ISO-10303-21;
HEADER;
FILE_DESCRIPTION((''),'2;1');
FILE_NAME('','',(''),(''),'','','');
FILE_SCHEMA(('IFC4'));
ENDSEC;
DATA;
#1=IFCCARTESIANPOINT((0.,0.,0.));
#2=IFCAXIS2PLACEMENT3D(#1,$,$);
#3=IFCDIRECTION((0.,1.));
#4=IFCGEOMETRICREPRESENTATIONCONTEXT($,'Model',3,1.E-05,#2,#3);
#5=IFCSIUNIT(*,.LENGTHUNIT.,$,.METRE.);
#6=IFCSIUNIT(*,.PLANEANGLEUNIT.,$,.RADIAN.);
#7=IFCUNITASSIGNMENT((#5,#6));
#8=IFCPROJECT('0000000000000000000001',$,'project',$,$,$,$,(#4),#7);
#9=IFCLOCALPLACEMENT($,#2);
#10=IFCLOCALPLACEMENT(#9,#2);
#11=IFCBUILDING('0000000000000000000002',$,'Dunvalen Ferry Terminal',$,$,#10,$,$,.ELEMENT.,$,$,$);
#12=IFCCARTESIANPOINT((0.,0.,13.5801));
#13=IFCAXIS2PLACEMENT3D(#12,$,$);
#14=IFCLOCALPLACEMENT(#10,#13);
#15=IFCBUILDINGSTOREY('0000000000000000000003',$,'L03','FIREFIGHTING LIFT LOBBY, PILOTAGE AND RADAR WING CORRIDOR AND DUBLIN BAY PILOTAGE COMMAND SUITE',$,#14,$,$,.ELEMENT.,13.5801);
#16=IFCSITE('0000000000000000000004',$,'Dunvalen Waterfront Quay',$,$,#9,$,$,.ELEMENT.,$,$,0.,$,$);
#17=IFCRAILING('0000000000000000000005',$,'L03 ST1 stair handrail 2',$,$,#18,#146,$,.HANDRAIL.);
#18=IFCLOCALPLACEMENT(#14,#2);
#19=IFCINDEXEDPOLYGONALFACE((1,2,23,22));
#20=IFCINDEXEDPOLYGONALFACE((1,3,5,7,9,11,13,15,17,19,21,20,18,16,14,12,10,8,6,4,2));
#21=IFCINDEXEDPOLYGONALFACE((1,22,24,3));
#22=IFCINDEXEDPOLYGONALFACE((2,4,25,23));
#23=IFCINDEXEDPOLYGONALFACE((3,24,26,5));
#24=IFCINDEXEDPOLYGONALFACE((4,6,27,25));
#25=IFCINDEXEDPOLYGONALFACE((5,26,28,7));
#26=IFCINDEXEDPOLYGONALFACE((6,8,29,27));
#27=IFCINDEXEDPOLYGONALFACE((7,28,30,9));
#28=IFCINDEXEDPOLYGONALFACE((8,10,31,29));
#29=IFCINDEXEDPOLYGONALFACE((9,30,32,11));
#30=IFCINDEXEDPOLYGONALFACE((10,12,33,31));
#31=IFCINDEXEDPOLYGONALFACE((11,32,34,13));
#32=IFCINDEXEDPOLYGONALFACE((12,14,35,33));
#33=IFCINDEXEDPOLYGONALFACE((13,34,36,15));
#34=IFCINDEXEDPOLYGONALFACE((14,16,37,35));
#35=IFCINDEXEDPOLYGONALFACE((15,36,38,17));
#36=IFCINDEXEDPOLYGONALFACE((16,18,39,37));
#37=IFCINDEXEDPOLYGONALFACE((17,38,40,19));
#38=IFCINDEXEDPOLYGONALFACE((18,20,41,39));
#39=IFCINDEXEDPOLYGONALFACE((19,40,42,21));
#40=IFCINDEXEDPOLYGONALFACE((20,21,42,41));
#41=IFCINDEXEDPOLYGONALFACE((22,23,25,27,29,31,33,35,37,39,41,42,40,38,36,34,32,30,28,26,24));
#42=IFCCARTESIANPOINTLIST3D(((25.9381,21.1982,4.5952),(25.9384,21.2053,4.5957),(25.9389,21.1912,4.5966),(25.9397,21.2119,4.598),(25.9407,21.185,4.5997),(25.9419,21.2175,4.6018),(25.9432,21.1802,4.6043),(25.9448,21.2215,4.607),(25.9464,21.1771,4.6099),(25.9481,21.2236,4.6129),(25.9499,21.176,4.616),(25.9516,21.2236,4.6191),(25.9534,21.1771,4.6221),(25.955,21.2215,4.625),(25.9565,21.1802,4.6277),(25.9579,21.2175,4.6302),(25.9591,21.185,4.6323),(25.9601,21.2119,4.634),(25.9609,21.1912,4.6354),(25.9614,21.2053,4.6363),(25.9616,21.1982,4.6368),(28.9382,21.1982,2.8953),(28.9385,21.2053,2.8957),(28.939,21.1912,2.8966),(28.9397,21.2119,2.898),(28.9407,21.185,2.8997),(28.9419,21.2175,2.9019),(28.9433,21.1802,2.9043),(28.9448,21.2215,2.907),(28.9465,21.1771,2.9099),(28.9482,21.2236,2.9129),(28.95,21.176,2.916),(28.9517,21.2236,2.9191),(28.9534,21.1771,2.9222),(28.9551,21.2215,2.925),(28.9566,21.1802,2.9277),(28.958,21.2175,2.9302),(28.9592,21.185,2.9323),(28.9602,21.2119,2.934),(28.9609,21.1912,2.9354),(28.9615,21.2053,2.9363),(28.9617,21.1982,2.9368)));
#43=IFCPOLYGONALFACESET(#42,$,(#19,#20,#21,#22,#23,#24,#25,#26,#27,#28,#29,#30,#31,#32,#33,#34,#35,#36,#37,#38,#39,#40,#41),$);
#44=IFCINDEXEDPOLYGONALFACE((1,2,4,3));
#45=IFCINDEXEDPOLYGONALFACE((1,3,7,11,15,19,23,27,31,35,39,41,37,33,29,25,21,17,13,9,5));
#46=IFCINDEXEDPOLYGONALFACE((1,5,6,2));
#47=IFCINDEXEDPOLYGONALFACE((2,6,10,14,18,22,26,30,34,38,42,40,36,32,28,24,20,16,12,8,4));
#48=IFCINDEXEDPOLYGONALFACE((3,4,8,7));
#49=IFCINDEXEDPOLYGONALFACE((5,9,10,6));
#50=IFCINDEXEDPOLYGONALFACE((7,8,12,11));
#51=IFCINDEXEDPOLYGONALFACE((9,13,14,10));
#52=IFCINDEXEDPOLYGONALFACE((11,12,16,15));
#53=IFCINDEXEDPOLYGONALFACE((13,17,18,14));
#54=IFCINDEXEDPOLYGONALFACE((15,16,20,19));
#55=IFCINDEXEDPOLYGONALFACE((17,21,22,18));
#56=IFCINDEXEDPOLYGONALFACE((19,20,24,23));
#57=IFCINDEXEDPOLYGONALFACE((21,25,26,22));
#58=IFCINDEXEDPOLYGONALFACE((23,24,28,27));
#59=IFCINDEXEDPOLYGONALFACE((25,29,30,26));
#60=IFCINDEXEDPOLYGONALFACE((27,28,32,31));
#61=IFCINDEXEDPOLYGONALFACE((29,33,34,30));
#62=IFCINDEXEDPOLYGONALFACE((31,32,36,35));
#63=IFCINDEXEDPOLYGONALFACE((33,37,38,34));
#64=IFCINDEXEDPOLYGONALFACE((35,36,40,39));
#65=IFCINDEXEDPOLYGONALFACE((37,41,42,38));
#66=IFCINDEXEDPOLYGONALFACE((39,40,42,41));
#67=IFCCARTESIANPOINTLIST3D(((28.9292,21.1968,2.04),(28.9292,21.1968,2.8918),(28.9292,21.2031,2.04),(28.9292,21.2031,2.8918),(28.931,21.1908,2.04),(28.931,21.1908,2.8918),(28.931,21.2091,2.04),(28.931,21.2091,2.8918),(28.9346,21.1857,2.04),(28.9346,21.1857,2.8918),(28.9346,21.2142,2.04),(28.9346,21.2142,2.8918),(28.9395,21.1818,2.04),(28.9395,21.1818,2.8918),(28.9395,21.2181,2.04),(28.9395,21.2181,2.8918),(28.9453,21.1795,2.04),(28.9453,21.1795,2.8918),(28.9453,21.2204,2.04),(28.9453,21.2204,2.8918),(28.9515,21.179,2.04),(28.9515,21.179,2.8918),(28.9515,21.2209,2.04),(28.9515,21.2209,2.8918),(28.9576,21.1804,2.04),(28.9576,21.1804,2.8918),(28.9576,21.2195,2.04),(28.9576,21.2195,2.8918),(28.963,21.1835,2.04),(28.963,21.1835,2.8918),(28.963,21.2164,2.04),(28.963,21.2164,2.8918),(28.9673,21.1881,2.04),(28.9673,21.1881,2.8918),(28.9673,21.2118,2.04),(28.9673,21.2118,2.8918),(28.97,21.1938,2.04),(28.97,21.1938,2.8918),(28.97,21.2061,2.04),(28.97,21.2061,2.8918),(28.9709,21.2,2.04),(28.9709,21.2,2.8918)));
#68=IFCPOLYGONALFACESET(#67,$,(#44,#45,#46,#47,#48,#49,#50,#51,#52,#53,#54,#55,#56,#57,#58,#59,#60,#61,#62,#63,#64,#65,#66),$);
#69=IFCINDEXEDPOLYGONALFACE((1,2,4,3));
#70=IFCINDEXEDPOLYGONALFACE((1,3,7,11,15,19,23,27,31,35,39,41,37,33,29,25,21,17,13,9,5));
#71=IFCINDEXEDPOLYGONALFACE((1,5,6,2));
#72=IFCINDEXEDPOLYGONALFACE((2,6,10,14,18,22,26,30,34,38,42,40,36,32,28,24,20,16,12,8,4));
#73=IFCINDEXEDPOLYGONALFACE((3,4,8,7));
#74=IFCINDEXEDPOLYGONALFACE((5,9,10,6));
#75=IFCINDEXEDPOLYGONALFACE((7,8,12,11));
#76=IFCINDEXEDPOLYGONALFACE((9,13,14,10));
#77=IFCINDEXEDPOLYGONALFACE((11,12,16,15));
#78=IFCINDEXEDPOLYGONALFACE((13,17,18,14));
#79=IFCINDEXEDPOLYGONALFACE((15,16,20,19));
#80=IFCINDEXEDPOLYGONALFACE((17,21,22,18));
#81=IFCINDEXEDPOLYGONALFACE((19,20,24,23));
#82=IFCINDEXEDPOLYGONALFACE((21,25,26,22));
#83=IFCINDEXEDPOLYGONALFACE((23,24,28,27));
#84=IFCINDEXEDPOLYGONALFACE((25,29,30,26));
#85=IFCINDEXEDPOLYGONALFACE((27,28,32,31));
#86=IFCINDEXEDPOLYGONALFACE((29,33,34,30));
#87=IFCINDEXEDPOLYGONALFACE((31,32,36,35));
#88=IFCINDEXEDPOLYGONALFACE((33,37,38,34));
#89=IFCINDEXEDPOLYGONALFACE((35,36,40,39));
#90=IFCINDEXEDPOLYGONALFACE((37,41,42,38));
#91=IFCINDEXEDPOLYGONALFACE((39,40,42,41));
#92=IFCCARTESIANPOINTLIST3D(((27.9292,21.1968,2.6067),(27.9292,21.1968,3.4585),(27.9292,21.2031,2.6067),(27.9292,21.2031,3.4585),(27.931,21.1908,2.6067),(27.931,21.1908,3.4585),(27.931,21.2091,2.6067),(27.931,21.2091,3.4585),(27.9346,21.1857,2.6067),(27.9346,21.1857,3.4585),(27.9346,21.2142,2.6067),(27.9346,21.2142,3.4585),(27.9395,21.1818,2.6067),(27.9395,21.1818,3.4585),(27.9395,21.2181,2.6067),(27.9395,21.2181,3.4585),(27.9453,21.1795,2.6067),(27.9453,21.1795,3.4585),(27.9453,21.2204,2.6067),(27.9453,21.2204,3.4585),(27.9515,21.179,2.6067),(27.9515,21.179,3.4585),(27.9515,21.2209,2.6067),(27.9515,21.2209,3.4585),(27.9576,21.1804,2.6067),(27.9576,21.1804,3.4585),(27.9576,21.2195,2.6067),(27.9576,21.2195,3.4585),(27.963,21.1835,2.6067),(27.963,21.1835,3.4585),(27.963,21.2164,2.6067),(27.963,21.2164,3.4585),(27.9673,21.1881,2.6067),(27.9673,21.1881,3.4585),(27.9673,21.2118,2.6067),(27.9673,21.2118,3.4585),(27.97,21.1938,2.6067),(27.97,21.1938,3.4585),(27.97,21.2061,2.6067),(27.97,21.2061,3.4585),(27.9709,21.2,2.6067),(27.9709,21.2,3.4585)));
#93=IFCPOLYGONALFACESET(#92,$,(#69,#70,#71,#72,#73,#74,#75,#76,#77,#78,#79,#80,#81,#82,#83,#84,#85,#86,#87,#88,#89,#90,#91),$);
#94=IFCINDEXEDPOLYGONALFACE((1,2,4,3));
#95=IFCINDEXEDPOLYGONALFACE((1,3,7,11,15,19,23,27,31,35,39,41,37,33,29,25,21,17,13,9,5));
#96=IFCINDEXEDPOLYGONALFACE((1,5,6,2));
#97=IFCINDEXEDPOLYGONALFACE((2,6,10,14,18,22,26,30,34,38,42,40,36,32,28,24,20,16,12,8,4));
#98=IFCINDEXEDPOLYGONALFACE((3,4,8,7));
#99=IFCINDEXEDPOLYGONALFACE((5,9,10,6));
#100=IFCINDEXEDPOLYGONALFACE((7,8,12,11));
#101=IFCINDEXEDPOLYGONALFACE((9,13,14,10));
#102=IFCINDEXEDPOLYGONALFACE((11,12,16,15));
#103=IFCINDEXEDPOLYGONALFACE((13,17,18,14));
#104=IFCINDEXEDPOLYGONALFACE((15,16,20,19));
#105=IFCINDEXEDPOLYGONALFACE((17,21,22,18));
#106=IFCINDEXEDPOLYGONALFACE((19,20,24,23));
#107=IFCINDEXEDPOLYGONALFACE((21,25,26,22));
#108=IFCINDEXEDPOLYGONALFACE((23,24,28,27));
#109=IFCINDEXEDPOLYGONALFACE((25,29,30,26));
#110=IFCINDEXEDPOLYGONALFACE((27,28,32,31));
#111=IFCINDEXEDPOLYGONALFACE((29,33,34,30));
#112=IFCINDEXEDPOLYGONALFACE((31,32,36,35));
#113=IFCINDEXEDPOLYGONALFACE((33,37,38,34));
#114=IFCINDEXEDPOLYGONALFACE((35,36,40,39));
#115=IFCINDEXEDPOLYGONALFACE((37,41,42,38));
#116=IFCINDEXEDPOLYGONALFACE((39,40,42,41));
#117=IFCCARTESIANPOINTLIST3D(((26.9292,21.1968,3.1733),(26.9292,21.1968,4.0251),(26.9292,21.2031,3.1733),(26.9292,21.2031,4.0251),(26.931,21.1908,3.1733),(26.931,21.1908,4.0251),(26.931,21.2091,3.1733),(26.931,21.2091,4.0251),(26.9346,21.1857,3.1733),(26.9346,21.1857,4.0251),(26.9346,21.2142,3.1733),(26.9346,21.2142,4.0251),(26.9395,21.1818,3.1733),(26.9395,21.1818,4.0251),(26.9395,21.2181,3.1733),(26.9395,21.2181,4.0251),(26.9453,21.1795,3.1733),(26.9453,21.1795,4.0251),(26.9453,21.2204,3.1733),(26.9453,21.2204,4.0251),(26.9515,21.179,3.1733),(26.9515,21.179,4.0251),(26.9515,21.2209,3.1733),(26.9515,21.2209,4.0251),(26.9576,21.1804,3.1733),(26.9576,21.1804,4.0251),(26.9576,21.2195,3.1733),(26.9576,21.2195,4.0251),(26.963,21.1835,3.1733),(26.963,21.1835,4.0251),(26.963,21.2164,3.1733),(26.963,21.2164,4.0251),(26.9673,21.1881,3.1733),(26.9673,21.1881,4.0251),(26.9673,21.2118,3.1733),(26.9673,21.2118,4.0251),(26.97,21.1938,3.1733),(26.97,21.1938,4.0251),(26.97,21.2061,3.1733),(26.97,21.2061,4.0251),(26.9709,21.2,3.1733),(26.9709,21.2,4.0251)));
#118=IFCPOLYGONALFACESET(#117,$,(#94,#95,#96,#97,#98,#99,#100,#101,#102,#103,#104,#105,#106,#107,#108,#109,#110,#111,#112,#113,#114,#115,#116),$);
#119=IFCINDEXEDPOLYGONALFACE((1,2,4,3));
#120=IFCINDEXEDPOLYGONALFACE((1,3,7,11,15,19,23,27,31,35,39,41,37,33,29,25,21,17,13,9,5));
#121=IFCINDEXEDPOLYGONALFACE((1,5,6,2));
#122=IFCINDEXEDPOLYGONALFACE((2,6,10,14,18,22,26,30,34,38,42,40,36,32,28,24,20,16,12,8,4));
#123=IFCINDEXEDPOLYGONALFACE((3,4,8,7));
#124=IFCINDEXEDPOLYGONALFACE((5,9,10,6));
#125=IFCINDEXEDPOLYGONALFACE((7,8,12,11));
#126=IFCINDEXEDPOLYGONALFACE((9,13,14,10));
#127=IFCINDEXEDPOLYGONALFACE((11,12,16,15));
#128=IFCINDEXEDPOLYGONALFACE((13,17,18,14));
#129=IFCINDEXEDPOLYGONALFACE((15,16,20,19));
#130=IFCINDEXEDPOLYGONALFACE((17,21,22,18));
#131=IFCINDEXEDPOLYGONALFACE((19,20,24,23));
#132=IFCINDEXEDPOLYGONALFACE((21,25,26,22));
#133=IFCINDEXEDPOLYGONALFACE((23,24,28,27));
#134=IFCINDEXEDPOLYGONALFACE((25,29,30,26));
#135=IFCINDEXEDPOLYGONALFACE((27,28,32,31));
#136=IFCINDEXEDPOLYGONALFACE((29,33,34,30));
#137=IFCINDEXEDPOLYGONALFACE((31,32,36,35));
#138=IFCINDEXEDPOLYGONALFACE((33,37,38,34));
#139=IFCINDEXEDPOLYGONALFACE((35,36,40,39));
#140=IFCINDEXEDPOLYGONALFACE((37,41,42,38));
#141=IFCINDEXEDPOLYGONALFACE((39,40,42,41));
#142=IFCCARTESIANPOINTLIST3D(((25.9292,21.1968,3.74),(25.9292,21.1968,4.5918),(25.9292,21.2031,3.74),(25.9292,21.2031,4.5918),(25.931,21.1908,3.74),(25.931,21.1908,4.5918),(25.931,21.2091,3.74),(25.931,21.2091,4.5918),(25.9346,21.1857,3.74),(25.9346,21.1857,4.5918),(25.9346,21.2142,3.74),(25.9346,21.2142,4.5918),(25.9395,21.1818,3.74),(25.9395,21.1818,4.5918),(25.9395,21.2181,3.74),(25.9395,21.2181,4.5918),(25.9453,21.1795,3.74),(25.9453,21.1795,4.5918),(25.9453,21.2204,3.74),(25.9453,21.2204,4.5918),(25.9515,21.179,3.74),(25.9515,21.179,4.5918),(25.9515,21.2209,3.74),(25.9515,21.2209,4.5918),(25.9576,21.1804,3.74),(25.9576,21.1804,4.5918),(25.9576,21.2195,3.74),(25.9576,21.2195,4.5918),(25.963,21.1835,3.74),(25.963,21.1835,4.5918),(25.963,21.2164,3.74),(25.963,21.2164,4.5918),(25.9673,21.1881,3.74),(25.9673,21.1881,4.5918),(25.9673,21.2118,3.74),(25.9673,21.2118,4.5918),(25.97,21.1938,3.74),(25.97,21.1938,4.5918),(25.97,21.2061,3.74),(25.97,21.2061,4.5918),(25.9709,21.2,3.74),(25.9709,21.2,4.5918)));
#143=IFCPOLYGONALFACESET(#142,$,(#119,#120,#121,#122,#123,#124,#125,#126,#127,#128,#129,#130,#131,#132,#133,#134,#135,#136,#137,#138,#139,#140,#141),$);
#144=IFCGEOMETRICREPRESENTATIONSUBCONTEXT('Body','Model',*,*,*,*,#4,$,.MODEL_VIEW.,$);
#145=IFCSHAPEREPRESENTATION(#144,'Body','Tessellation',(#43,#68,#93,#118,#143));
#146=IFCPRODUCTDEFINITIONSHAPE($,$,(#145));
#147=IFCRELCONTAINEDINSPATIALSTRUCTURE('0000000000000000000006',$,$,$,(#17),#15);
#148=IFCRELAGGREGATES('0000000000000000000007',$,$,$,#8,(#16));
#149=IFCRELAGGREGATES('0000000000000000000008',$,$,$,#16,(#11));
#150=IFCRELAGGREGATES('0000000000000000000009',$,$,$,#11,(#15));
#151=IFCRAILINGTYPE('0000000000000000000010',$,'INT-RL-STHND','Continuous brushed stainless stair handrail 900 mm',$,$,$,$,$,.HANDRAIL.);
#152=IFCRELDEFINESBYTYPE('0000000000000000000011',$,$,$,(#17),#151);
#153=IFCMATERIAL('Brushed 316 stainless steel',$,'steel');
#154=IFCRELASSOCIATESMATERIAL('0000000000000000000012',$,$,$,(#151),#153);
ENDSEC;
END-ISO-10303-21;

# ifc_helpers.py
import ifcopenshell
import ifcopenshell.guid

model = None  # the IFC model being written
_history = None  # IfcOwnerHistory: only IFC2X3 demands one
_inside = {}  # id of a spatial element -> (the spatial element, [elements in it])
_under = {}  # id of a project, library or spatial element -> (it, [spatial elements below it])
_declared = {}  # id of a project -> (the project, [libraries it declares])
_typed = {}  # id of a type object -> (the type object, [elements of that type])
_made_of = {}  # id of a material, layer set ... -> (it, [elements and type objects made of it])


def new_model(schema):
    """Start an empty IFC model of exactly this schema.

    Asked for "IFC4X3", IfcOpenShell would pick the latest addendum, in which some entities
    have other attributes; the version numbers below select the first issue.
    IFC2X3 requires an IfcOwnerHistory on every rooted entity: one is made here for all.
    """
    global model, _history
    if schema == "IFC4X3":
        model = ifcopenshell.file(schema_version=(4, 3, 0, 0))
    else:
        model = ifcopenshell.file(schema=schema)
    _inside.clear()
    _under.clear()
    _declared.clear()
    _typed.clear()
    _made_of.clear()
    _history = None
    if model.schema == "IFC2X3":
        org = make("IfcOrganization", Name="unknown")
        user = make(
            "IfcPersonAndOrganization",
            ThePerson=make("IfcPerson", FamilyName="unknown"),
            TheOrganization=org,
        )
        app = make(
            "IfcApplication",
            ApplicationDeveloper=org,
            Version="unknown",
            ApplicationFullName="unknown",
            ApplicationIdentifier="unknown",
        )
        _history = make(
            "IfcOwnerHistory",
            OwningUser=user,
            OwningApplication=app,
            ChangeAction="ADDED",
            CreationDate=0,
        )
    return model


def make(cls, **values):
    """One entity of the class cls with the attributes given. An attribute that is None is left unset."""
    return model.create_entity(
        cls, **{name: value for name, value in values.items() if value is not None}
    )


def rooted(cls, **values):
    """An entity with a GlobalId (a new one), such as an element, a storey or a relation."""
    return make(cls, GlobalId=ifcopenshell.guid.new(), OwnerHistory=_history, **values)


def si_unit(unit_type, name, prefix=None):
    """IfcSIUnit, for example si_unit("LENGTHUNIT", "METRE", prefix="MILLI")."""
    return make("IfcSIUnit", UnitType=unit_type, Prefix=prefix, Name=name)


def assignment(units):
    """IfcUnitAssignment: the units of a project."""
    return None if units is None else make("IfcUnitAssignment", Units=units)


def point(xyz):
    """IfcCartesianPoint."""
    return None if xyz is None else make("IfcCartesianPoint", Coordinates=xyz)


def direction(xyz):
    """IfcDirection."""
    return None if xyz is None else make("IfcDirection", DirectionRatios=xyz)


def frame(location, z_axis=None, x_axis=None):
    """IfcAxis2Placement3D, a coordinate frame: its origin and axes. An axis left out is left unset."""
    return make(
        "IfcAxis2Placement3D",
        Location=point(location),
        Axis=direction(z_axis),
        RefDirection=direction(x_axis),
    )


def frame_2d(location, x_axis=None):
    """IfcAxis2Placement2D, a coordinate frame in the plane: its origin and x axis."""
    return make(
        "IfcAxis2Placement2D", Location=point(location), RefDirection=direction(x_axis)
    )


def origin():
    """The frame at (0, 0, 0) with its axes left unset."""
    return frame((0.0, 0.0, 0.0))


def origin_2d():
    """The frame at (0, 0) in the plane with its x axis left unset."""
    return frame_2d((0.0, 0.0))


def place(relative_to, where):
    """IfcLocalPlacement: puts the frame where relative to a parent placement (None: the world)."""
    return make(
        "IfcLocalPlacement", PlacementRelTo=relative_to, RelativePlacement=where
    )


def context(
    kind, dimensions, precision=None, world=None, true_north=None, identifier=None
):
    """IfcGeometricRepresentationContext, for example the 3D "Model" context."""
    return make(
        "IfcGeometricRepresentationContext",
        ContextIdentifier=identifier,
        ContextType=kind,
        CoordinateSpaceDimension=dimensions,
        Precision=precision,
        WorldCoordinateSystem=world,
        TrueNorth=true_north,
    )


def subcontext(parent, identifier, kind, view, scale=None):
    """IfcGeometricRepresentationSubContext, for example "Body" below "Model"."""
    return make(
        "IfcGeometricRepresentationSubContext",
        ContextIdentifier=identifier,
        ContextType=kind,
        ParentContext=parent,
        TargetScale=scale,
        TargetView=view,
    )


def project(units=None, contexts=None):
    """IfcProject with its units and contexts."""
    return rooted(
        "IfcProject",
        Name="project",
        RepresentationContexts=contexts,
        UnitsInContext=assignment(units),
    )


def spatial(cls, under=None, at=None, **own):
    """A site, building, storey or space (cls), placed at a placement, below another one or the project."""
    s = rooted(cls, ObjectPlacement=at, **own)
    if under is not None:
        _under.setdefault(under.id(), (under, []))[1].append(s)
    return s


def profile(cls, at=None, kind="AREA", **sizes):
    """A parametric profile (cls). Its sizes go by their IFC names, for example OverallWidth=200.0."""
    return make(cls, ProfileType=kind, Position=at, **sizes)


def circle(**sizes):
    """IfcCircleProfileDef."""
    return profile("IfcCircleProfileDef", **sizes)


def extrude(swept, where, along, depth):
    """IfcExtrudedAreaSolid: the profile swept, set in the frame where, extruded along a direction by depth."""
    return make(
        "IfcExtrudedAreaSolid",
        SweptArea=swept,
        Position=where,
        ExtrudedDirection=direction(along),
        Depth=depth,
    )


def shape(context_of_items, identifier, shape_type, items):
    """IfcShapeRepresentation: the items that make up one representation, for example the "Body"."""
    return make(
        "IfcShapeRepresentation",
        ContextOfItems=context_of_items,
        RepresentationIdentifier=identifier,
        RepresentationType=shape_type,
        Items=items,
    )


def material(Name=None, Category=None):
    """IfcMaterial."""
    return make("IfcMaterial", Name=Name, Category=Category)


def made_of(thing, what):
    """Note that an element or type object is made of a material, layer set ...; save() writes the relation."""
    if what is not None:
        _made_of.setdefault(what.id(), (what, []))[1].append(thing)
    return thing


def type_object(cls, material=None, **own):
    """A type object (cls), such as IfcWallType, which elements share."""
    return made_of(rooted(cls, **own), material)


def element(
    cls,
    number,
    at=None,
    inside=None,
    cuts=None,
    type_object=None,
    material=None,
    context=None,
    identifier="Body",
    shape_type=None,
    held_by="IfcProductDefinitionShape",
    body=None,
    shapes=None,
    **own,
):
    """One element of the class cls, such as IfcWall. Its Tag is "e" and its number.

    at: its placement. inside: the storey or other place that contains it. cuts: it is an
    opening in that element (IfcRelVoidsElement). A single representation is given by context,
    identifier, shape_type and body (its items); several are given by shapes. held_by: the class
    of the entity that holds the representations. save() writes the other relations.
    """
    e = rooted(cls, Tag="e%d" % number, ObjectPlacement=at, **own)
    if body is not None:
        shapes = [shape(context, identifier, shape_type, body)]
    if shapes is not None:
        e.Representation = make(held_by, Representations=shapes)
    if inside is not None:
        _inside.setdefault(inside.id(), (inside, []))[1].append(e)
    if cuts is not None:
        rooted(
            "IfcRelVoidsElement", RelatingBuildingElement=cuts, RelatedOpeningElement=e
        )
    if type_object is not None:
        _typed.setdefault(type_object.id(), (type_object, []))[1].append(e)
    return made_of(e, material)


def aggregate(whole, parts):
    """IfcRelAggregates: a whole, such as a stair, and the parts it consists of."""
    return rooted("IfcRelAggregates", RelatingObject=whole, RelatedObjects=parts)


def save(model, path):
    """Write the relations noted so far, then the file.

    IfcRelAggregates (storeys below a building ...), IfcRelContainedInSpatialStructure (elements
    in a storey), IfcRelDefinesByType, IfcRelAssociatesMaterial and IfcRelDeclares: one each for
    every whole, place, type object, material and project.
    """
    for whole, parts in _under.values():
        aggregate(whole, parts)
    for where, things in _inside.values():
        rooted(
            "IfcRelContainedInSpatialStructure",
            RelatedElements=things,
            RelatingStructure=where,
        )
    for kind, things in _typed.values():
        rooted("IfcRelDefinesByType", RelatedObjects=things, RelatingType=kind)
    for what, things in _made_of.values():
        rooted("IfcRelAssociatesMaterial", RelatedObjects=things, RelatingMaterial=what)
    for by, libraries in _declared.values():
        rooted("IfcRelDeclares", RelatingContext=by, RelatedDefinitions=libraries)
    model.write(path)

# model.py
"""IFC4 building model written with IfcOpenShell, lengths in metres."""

from ifc_helpers import new_model, si_unit, direction, frame, origin, origin_2d, place, context, subcontext, project, spatial, circle, extrude, material, type_object, element, save


model = new_model("IFC4")

# Units and contexts
model_context = context("Model", 3, precision=1e-05, world=origin(), true_north=direction((0.0, 1.0)))
body_context = subcontext(model_context, "Body", "Model", "MODEL_VIEW")
ifc_project = project(units=[si_unit("LENGTHUNIT", "METRE"), si_unit("PLANEANGLEUNIT", "RADIAN")], contexts=[model_context])

# Site, building, storey
site_placement = place(None, origin())
site = spatial("IfcSite", under=ifc_project, at=site_placement, Name="Dunvalen Waterfront Quay", CompositionType="ELEMENT", RefElevation=0.0)
building_placement = place(site_placement, origin())
building = spatial("IfcBuilding", under=site, at=building_placement, Name="Dunvalen Ferry Terminal", CompositionType="ELEMENT")
storey_placement = place(building_placement, frame((0.0, 0.0, 13.5801)))
storey = spatial("IfcBuildingStorey", under=building, at=storey_placement, Name="L03", Description="FIREFIGHTING LIFT LOBBY, PILOTAGE AND RADAR WING CORRIDOR AND DUBLIN BAY PILOTAGE COMMAND SUITE", CompositionType="ELEMENT", Elevation=13.5801)

# Railing
ifc_material_1 = material(Name="Brushed 316 stainless steel", Category="steel")
railing_type_1 = type_object("IfcRailingType", Name="INT-RL-STHND", Description="Continuous brushed stainless stair handrail 900 mm", PredefinedType="HANDRAIL", material=ifc_material_1)
railing_1_placement = place(storey_placement, frame((28.95, 21.2, 2.04)))
element("IfcRailing", 1, at=railing_1_placement, inside=storey, type_object=railing_type_1, Name="L03 ST1 stair handrail 2", PredefinedType="HANDRAIL", context=body_context, shape_type="SweptSolid", body=[
    extrude(circle(Radius=0.0239, at=origin_2d()), frame((0.0, 0.0, 0.876), z_axis=(-0.870028, 0.0, 0.493002), x_axis=(0.0, -1.0, 0.0)), (0.0, 0.0, 1.0), 3.4482),
    extrude(circle(Radius=0.021, at=origin_2d()), origin(), (0.0, 0.0, 1.0), 0.8518),
    extrude(circle(Radius=0.021, at=origin_2d()), frame((-1.0, 0.0, 0.5667)), (0.0, 0.0, 1.0), 0.8518),
    extrude(circle(Radius=0.021, at=origin_2d()), frame((-2.0, 0.0, 1.1333)), (0.0, 0.0, 1.0), 0.8518),
    extrude(circle(Radius=0.021, at=origin_2d()), frame((-3.0, 0.0, 1.7)), (0.0, 0.0, 1.0), 0.8518),
])

save(model, "model.ifc")
